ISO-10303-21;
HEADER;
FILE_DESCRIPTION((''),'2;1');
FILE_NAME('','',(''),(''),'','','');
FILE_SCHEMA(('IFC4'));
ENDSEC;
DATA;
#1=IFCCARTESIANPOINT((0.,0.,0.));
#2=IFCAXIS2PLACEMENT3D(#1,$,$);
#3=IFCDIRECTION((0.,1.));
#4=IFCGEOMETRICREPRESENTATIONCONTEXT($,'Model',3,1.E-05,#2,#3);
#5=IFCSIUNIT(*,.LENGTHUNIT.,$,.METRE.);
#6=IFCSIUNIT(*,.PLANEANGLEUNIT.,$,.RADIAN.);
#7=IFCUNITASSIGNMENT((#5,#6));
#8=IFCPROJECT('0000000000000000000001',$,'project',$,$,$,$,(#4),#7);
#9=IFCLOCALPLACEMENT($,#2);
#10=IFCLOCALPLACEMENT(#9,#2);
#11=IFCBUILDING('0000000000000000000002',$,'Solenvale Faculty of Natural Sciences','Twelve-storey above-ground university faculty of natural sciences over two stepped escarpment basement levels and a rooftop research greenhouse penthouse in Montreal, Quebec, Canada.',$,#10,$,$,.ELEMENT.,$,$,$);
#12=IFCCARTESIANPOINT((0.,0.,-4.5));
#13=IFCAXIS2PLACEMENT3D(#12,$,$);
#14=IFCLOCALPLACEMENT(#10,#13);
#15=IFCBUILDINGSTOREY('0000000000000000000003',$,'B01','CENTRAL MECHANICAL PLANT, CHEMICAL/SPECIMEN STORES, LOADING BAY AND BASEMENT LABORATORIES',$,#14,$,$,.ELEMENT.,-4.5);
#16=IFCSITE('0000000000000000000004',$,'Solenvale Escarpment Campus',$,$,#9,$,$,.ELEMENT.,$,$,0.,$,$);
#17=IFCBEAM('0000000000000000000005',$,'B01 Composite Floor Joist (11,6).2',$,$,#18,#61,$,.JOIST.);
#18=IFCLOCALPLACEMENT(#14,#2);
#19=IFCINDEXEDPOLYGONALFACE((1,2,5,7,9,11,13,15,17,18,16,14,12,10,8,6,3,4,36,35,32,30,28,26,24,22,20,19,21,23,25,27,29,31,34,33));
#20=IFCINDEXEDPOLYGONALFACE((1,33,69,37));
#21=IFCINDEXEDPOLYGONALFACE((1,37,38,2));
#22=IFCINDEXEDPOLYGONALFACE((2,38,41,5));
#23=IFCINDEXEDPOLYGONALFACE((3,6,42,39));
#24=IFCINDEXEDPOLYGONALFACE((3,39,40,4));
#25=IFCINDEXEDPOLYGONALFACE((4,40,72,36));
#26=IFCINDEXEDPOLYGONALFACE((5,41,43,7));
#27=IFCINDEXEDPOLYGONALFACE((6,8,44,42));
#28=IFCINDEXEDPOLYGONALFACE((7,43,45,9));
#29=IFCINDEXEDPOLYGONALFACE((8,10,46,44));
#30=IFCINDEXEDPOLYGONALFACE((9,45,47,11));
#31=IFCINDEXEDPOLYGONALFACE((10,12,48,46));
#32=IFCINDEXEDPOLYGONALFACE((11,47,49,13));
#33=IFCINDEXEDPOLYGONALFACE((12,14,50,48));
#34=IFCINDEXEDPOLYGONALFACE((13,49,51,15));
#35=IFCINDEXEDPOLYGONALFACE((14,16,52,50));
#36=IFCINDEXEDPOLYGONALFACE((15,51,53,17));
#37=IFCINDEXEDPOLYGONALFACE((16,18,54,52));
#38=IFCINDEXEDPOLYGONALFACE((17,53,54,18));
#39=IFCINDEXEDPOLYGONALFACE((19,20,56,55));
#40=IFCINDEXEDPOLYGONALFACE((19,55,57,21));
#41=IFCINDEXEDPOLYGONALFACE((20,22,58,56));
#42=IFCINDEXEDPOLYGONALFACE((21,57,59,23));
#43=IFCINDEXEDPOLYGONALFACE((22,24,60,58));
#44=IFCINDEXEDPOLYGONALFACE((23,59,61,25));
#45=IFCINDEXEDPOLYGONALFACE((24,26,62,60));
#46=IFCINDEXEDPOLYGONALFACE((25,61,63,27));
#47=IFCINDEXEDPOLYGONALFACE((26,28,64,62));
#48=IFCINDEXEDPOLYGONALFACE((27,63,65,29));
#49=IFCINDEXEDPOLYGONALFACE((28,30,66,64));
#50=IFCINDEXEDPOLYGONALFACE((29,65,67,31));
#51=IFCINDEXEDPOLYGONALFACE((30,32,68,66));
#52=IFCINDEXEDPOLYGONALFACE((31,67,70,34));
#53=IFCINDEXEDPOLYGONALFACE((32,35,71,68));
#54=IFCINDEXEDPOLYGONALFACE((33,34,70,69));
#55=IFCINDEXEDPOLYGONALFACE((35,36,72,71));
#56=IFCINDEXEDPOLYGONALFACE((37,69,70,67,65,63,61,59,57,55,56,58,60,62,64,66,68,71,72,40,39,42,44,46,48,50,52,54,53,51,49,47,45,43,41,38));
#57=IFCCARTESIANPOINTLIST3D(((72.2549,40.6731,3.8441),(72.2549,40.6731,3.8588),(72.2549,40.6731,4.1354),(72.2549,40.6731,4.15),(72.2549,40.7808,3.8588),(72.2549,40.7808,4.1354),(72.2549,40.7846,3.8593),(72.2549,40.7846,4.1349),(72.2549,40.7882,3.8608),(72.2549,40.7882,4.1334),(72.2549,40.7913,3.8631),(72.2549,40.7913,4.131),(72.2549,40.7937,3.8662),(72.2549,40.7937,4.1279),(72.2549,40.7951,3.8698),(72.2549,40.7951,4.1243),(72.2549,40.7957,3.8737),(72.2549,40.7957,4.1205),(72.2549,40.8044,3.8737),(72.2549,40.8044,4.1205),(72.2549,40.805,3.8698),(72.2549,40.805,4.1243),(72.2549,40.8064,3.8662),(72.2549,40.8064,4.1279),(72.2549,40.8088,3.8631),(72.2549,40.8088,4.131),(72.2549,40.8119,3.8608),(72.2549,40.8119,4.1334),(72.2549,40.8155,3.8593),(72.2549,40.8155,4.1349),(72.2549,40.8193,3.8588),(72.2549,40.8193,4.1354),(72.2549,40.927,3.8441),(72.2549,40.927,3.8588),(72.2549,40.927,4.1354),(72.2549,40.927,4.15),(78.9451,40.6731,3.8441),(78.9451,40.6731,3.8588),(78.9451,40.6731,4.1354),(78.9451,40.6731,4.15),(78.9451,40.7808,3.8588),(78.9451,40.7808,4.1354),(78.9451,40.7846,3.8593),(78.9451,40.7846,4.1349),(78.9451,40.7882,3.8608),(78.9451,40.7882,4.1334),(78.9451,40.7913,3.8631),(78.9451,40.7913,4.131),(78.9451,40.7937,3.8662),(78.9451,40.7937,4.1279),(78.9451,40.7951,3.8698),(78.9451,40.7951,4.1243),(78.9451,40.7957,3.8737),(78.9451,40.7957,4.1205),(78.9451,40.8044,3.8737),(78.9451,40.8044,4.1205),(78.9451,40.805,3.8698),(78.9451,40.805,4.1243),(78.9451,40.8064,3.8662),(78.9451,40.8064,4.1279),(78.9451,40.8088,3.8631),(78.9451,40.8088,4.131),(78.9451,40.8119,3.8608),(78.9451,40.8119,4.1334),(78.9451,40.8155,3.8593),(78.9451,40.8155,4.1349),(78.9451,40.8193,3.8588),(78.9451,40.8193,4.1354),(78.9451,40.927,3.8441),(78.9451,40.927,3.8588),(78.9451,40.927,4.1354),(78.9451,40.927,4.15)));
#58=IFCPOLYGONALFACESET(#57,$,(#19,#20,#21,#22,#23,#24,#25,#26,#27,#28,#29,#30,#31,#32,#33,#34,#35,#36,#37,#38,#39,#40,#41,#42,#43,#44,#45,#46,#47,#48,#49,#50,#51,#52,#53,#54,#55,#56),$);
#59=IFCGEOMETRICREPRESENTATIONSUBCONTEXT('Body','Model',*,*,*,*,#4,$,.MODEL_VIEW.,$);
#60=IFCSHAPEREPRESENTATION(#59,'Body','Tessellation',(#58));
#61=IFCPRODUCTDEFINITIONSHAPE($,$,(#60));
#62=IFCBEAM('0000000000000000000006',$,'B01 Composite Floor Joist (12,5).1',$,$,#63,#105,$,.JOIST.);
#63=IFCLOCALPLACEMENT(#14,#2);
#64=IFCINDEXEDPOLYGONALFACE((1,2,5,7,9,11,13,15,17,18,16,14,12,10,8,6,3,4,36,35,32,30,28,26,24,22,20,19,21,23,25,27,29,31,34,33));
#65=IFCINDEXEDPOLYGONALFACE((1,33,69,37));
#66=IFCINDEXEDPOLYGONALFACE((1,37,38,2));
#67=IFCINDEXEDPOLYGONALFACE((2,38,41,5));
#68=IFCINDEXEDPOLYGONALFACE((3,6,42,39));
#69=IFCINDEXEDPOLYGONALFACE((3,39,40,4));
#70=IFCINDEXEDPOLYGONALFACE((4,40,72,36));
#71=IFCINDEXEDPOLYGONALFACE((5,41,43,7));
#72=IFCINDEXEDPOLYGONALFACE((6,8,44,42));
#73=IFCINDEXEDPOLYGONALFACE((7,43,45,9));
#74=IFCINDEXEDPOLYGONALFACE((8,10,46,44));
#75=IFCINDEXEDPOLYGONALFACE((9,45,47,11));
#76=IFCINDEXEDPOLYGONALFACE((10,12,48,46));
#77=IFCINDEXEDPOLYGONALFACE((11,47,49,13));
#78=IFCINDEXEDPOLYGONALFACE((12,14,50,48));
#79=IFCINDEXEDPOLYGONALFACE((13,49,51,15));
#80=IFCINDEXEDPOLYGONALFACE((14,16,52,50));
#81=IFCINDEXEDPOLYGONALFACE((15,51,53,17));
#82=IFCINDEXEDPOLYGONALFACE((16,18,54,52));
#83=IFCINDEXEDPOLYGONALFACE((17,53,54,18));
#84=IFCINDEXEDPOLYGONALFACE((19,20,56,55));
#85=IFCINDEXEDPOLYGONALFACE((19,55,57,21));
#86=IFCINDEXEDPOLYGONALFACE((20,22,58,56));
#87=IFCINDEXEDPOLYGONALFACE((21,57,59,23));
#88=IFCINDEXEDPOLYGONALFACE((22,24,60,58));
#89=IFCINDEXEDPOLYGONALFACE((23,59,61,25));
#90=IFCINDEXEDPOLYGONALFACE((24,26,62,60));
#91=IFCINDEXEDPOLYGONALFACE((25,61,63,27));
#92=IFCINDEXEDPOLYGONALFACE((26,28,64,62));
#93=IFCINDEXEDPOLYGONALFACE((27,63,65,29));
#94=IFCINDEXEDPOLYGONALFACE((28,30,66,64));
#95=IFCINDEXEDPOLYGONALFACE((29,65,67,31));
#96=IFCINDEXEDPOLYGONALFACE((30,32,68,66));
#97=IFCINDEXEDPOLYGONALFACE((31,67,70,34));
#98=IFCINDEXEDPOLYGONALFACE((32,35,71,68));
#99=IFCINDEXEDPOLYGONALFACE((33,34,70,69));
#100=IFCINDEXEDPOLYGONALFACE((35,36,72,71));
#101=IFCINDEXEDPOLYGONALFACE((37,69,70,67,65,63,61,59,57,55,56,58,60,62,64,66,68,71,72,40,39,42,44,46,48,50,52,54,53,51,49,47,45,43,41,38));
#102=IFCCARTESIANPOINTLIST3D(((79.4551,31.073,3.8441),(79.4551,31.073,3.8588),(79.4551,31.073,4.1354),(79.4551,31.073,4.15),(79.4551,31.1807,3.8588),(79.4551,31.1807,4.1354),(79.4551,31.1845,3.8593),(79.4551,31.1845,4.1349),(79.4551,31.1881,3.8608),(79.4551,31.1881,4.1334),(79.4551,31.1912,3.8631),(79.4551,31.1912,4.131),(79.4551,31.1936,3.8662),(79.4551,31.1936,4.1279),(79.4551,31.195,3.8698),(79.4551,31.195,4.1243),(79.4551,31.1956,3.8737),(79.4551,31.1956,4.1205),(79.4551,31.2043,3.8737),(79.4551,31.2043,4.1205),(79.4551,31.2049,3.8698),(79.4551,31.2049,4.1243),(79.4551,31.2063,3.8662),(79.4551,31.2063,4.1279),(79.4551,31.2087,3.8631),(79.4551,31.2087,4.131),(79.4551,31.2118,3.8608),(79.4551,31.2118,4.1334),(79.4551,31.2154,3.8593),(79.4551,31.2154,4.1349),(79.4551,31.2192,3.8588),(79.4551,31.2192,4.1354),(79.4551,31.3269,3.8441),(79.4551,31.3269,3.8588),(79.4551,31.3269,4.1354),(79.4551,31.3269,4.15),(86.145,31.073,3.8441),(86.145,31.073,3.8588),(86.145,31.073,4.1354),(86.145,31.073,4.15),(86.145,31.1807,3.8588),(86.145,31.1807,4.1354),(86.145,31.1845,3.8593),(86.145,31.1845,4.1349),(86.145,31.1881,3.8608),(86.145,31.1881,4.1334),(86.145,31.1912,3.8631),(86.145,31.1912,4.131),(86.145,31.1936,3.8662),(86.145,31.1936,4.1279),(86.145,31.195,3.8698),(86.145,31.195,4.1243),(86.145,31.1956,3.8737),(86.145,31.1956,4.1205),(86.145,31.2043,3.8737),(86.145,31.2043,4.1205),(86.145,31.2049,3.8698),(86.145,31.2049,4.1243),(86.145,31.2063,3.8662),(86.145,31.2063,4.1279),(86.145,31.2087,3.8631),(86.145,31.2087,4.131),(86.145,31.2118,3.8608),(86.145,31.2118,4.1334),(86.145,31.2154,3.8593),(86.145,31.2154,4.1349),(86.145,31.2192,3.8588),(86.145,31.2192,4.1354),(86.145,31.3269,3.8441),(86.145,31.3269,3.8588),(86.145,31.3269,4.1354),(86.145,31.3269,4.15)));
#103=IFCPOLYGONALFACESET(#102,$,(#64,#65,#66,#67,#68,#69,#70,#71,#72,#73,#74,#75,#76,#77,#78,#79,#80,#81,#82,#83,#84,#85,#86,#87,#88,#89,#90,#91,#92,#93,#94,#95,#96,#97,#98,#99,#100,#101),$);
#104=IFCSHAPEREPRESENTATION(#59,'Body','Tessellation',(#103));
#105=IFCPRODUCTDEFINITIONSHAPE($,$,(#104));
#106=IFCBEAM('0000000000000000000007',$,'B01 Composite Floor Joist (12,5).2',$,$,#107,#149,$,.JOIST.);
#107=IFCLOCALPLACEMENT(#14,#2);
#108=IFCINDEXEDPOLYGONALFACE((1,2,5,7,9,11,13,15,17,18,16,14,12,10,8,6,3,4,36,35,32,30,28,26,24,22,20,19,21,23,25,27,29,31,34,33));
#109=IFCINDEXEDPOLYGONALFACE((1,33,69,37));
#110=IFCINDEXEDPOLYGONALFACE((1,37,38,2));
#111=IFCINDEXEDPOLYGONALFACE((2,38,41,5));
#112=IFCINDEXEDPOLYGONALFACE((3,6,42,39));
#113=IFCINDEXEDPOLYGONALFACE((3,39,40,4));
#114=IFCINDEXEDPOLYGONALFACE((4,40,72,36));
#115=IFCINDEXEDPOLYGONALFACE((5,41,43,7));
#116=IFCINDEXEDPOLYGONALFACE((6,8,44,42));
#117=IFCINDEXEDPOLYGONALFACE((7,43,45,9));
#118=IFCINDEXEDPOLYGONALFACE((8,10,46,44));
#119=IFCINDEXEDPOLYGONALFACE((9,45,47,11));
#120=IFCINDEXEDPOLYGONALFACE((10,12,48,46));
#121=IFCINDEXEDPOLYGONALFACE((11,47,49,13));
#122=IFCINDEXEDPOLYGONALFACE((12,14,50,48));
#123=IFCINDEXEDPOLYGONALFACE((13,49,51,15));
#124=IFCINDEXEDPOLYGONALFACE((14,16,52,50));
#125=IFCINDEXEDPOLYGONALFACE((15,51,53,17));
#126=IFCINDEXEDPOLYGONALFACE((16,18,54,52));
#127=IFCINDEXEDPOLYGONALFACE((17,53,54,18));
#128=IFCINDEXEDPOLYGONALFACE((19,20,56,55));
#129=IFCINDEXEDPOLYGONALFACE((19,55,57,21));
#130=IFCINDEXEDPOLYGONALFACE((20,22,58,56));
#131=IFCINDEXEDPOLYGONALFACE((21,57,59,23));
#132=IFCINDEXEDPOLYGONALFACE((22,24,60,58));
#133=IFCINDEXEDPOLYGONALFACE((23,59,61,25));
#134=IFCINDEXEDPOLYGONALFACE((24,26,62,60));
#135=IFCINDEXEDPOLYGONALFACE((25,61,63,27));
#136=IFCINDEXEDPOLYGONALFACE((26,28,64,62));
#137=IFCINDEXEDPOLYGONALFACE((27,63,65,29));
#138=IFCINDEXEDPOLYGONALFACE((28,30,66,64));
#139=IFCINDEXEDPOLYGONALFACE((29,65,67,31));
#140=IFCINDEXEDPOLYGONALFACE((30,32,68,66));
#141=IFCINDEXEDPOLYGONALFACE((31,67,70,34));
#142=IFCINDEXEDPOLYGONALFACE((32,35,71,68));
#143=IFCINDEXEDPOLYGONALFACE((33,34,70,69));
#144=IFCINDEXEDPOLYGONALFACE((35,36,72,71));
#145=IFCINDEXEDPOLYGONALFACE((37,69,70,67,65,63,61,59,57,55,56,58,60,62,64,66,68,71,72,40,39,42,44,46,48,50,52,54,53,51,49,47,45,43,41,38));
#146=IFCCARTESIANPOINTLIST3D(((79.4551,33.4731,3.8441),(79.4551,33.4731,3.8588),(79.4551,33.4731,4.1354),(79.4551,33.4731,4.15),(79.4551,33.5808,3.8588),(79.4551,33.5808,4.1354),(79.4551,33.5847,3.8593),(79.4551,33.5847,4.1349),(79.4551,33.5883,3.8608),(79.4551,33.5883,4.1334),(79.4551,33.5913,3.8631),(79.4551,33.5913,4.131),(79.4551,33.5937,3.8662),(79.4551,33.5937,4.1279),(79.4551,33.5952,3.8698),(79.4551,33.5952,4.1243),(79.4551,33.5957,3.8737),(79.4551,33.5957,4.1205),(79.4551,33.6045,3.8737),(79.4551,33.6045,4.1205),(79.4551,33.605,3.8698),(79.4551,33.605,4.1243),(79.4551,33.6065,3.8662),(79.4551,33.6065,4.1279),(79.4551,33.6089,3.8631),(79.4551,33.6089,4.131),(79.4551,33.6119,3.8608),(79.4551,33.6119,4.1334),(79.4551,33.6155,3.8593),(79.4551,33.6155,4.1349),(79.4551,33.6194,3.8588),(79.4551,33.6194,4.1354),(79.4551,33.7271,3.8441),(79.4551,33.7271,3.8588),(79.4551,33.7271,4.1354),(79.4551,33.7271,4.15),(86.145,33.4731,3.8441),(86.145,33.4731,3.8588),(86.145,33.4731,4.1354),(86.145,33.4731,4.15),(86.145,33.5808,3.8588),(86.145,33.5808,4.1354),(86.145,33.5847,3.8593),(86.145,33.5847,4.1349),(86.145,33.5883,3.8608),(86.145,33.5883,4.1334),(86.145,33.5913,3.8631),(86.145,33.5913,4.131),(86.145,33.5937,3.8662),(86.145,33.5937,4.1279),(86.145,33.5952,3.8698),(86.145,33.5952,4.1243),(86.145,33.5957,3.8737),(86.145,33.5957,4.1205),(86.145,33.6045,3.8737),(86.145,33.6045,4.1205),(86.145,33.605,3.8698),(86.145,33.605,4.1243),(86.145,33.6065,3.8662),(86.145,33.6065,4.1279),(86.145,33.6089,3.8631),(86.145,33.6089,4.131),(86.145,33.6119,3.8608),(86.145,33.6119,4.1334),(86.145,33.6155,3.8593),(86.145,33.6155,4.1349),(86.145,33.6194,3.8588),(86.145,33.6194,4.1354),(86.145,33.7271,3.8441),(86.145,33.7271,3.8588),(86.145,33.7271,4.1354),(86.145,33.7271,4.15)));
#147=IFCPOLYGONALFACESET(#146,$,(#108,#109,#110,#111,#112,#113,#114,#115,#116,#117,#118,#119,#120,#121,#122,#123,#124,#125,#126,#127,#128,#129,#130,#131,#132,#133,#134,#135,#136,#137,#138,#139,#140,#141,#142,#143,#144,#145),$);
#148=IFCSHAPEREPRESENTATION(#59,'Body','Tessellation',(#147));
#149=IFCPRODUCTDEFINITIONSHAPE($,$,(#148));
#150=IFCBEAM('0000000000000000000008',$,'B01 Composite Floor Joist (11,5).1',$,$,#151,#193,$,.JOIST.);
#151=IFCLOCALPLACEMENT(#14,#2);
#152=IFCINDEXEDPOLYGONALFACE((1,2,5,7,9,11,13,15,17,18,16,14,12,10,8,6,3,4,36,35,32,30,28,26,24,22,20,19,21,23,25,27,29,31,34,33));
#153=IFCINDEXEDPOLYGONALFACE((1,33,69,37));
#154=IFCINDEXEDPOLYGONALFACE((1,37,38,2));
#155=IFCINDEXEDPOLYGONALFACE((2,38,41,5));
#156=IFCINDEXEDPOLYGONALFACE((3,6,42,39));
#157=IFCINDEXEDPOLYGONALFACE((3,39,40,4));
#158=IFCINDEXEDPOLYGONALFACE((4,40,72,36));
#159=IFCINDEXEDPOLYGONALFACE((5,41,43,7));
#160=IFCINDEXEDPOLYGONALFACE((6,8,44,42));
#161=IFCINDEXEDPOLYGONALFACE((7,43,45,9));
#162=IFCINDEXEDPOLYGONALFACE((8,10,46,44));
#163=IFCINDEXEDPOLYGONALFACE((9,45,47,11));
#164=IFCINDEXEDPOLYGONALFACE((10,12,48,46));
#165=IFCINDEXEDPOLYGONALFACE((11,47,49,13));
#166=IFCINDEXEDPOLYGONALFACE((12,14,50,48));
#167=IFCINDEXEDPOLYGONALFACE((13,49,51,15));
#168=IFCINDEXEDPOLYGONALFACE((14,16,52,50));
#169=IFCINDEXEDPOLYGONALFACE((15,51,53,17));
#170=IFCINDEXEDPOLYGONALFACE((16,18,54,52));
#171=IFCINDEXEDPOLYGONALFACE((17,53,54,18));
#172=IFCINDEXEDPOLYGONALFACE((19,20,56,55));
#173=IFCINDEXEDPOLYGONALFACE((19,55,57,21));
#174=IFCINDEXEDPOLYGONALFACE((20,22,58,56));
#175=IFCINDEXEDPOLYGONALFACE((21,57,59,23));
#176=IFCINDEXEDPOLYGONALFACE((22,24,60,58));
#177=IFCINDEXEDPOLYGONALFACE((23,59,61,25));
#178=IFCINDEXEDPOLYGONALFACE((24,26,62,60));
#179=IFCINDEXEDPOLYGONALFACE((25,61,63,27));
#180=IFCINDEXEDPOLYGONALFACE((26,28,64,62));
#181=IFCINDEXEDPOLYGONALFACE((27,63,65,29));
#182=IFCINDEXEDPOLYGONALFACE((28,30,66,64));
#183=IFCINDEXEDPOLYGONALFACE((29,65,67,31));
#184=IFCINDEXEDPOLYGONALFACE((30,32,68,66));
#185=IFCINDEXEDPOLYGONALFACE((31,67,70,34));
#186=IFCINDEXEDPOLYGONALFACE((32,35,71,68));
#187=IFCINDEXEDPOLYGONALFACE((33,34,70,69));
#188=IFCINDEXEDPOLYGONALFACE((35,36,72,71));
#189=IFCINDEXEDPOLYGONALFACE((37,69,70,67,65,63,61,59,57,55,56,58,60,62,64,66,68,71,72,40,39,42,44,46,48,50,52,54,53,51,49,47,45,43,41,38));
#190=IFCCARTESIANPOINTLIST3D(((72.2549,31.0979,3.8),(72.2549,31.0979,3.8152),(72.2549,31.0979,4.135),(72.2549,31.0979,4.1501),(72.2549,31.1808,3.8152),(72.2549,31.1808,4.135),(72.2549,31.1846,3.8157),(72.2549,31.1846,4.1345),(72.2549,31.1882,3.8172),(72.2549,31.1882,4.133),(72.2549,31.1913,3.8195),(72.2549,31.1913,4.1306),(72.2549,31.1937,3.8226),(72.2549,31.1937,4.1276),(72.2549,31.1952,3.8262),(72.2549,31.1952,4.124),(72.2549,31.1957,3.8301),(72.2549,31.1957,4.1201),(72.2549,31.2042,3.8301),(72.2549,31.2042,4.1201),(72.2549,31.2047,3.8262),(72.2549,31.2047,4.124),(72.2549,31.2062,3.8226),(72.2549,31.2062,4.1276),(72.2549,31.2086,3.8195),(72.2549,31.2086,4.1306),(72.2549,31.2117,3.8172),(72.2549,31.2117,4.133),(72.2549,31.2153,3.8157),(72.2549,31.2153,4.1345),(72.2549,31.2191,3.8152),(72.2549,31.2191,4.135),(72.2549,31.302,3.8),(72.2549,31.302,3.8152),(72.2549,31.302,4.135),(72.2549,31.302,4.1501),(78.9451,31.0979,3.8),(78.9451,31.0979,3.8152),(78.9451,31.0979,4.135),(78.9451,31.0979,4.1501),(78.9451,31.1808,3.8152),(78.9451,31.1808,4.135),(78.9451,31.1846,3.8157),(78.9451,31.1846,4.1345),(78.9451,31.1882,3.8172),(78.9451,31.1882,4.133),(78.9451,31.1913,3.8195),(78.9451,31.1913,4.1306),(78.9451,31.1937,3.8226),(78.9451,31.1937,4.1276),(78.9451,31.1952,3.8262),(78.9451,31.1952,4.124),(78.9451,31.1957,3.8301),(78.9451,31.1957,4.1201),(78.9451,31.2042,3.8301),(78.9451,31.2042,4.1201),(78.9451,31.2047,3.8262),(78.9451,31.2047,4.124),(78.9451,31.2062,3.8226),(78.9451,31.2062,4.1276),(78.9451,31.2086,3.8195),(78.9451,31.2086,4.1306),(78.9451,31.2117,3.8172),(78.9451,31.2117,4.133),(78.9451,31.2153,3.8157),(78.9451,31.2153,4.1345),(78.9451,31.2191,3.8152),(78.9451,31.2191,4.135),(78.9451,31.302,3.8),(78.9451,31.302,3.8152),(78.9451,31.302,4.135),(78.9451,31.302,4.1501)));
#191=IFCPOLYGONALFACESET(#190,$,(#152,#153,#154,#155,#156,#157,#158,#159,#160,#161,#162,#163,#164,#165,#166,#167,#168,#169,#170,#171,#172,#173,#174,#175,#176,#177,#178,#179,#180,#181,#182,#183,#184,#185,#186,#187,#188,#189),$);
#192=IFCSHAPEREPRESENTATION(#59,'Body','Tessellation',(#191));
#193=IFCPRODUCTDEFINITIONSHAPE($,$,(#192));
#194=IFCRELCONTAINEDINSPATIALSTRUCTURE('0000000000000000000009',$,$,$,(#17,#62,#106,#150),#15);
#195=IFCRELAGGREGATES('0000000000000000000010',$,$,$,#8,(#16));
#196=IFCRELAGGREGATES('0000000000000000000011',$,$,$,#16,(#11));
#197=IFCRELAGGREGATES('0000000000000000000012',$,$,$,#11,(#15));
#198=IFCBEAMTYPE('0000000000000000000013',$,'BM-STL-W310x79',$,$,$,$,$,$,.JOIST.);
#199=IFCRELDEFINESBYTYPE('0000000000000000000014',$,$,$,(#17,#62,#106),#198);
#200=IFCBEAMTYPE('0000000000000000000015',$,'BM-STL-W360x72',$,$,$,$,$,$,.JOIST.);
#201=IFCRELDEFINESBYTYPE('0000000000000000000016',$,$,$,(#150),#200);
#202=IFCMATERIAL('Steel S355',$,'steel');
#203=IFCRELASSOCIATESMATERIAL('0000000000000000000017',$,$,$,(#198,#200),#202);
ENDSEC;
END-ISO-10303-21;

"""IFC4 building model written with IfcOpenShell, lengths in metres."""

from ifc_helpers import new_model, si_unit, direction, frame, origin, origin_2d, place, context, subcontext, project, spatial, i_section, extrude, material, material_profile, profile_set, type_object, element, save


model = new_model("IFC4")

# Units and contexts
model_context = context("Model", 3, precision=1e-05, world=origin(), true_north=direction((0.0, 1.0)))
body_context = subcontext(model_context, "Body", "Model", "MODEL_VIEW")
ifc_project = project(units=[si_unit("LENGTHUNIT", "METRE"), si_unit("PLANEANGLEUNIT", "RADIAN")], contexts=[model_context])

# Site, building, storey
site_placement = place(None, origin())
site = spatial("IfcSite", under=ifc_project, at=site_placement, Name="Solenvale Escarpment Campus", CompositionType="ELEMENT", RefElevation=0.0)
building_placement = place(site_placement, origin())
building = spatial("IfcBuilding", under=site, at=building_placement, Name="Solenvale Faculty of Natural Sciences", Description="Twelve-storey above-ground university faculty of natural sciences over two stepped escarpment basement levels and a rooftop research greenhouse penthouse in Montreal, Quebec, Canada.", CompositionType="ELEMENT")
storey_placement = place(building_placement, frame((0.0, 0.0, -4.5)))
storey = spatial("IfcBuildingStorey", under=building, at=storey_placement, Name="B01", Description="CENTRAL MECHANICAL PLANT, CHEMICAL/SPECIMEN STORES, LOADING BAY AND BASEMENT LABORATORIES", CompositionType="ELEMENT", Elevation=-4.5)

# Beams
ifc_material_1 = material(Name="Steel S355", Category="steel")
ifc_material_profile_1 = material_profile(ifc_material_1, i_section(OverallWidth=0.2539, OverallDepth=0.3059, WebThickness=0.0088, FlangeThickness=0.0146, FilletRadius=0.0149, at=origin_2d()), Name="W310x79")
ifc_profile_set_1 = profile_set([ifc_material_profile_1], Name="Steel S355")
beam_type_1 = type_object("IfcBeamType", Name="BM-STL-W310x79", PredefinedType="JOIST", material=ifc_profile_set_1)
for number, where, z_axis, x_axis, name in (
    (1, (72.2549, 40.8, 3.9971), (1.0, 0.0, 0.0), (0.0, 1.0, 0.0), "B01 Composite Floor Joist (11,6).2"),
):
    element("IfcBeam", number, at=place(storey_placement, frame(where, z_axis=z_axis, x_axis=x_axis)), inside=storey, type_object=beam_type_1, Name=name, PredefinedType="JOIST", context=body_context, shape_type="SweptSolid", body=[
        extrude(i_section(OverallWidth=0.2539, OverallDepth=0.3059, WebThickness=0.0088, FlangeThickness=0.0146, FilletRadius=0.0149, at=origin_2d()), origin(), (0.0, 0.0, 1.0), 6.6902),
    ])
for number, where, z_axis, x_axis, name in (
    (2, (79.4551, 31.2, 3.9971), (1.0, 0.0, 0.0), (0.0, 1.0, 0.0), "B01 Composite Floor Joist (12,5).1"),
    (3, (79.4551, 33.6001, 3.9971), (1.0, 0.0, 0.0), (0.0, 1.0, 0.0), "B01 Composite Floor Joist (12,5).2"),
):
    element("IfcBeam", number, at=place(storey_placement, frame(where, z_axis=z_axis, x_axis=x_axis)), inside=storey, type_object=beam_type_1, Name=name, PredefinedType="JOIST", context=body_context, shape_type="SweptSolid", body=[
        extrude(i_section(OverallWidth=0.2539, OverallDepth=0.3059, WebThickness=0.0088, FlangeThickness=0.0146, FilletRadius=0.0149, at=origin_2d()), origin(), (0.0, 0.0, 1.0), 6.6899),
    ])
ifc_material_profile_2 = material_profile(ifc_material_1, i_section(OverallWidth=0.2041, OverallDepth=0.3501, WebThickness=0.0085, FlangeThickness=0.0151, FilletRadius=0.0149, at=origin_2d()), Name="W360x72")
ifc_profile_set_2 = profile_set([ifc_material_profile_2], Name="Steel S355")
beam_type_2 = type_object("IfcBeamType", Name="BM-STL-W360x72", PredefinedType="JOIST", material=ifc_profile_set_2)
for number, where, z_axis, x_axis, name in (
    (4, (72.2549, 31.2, 3.9751), (1.0, 0.0, 0.0), (0.0, 1.0, 0.0), "B01 Composite Floor Joist (11,5).1"),
):
    element("IfcBeam", number, at=place(storey_placement, frame(where, z_axis=z_axis, x_axis=x_axis)), inside=storey, type_object=beam_type_2, Name=name, PredefinedType="JOIST", context=body_context, shape_type="SweptSolid", body=[
        extrude(i_section(OverallWidth=0.2041, OverallDepth=0.3501, WebThickness=0.0085, FlangeThickness=0.0151, FilletRadius=0.0149, at=origin_2d()), origin(), (0.0, 0.0, 1.0), 6.6902),
    ])

save(model, "model.ifc")
